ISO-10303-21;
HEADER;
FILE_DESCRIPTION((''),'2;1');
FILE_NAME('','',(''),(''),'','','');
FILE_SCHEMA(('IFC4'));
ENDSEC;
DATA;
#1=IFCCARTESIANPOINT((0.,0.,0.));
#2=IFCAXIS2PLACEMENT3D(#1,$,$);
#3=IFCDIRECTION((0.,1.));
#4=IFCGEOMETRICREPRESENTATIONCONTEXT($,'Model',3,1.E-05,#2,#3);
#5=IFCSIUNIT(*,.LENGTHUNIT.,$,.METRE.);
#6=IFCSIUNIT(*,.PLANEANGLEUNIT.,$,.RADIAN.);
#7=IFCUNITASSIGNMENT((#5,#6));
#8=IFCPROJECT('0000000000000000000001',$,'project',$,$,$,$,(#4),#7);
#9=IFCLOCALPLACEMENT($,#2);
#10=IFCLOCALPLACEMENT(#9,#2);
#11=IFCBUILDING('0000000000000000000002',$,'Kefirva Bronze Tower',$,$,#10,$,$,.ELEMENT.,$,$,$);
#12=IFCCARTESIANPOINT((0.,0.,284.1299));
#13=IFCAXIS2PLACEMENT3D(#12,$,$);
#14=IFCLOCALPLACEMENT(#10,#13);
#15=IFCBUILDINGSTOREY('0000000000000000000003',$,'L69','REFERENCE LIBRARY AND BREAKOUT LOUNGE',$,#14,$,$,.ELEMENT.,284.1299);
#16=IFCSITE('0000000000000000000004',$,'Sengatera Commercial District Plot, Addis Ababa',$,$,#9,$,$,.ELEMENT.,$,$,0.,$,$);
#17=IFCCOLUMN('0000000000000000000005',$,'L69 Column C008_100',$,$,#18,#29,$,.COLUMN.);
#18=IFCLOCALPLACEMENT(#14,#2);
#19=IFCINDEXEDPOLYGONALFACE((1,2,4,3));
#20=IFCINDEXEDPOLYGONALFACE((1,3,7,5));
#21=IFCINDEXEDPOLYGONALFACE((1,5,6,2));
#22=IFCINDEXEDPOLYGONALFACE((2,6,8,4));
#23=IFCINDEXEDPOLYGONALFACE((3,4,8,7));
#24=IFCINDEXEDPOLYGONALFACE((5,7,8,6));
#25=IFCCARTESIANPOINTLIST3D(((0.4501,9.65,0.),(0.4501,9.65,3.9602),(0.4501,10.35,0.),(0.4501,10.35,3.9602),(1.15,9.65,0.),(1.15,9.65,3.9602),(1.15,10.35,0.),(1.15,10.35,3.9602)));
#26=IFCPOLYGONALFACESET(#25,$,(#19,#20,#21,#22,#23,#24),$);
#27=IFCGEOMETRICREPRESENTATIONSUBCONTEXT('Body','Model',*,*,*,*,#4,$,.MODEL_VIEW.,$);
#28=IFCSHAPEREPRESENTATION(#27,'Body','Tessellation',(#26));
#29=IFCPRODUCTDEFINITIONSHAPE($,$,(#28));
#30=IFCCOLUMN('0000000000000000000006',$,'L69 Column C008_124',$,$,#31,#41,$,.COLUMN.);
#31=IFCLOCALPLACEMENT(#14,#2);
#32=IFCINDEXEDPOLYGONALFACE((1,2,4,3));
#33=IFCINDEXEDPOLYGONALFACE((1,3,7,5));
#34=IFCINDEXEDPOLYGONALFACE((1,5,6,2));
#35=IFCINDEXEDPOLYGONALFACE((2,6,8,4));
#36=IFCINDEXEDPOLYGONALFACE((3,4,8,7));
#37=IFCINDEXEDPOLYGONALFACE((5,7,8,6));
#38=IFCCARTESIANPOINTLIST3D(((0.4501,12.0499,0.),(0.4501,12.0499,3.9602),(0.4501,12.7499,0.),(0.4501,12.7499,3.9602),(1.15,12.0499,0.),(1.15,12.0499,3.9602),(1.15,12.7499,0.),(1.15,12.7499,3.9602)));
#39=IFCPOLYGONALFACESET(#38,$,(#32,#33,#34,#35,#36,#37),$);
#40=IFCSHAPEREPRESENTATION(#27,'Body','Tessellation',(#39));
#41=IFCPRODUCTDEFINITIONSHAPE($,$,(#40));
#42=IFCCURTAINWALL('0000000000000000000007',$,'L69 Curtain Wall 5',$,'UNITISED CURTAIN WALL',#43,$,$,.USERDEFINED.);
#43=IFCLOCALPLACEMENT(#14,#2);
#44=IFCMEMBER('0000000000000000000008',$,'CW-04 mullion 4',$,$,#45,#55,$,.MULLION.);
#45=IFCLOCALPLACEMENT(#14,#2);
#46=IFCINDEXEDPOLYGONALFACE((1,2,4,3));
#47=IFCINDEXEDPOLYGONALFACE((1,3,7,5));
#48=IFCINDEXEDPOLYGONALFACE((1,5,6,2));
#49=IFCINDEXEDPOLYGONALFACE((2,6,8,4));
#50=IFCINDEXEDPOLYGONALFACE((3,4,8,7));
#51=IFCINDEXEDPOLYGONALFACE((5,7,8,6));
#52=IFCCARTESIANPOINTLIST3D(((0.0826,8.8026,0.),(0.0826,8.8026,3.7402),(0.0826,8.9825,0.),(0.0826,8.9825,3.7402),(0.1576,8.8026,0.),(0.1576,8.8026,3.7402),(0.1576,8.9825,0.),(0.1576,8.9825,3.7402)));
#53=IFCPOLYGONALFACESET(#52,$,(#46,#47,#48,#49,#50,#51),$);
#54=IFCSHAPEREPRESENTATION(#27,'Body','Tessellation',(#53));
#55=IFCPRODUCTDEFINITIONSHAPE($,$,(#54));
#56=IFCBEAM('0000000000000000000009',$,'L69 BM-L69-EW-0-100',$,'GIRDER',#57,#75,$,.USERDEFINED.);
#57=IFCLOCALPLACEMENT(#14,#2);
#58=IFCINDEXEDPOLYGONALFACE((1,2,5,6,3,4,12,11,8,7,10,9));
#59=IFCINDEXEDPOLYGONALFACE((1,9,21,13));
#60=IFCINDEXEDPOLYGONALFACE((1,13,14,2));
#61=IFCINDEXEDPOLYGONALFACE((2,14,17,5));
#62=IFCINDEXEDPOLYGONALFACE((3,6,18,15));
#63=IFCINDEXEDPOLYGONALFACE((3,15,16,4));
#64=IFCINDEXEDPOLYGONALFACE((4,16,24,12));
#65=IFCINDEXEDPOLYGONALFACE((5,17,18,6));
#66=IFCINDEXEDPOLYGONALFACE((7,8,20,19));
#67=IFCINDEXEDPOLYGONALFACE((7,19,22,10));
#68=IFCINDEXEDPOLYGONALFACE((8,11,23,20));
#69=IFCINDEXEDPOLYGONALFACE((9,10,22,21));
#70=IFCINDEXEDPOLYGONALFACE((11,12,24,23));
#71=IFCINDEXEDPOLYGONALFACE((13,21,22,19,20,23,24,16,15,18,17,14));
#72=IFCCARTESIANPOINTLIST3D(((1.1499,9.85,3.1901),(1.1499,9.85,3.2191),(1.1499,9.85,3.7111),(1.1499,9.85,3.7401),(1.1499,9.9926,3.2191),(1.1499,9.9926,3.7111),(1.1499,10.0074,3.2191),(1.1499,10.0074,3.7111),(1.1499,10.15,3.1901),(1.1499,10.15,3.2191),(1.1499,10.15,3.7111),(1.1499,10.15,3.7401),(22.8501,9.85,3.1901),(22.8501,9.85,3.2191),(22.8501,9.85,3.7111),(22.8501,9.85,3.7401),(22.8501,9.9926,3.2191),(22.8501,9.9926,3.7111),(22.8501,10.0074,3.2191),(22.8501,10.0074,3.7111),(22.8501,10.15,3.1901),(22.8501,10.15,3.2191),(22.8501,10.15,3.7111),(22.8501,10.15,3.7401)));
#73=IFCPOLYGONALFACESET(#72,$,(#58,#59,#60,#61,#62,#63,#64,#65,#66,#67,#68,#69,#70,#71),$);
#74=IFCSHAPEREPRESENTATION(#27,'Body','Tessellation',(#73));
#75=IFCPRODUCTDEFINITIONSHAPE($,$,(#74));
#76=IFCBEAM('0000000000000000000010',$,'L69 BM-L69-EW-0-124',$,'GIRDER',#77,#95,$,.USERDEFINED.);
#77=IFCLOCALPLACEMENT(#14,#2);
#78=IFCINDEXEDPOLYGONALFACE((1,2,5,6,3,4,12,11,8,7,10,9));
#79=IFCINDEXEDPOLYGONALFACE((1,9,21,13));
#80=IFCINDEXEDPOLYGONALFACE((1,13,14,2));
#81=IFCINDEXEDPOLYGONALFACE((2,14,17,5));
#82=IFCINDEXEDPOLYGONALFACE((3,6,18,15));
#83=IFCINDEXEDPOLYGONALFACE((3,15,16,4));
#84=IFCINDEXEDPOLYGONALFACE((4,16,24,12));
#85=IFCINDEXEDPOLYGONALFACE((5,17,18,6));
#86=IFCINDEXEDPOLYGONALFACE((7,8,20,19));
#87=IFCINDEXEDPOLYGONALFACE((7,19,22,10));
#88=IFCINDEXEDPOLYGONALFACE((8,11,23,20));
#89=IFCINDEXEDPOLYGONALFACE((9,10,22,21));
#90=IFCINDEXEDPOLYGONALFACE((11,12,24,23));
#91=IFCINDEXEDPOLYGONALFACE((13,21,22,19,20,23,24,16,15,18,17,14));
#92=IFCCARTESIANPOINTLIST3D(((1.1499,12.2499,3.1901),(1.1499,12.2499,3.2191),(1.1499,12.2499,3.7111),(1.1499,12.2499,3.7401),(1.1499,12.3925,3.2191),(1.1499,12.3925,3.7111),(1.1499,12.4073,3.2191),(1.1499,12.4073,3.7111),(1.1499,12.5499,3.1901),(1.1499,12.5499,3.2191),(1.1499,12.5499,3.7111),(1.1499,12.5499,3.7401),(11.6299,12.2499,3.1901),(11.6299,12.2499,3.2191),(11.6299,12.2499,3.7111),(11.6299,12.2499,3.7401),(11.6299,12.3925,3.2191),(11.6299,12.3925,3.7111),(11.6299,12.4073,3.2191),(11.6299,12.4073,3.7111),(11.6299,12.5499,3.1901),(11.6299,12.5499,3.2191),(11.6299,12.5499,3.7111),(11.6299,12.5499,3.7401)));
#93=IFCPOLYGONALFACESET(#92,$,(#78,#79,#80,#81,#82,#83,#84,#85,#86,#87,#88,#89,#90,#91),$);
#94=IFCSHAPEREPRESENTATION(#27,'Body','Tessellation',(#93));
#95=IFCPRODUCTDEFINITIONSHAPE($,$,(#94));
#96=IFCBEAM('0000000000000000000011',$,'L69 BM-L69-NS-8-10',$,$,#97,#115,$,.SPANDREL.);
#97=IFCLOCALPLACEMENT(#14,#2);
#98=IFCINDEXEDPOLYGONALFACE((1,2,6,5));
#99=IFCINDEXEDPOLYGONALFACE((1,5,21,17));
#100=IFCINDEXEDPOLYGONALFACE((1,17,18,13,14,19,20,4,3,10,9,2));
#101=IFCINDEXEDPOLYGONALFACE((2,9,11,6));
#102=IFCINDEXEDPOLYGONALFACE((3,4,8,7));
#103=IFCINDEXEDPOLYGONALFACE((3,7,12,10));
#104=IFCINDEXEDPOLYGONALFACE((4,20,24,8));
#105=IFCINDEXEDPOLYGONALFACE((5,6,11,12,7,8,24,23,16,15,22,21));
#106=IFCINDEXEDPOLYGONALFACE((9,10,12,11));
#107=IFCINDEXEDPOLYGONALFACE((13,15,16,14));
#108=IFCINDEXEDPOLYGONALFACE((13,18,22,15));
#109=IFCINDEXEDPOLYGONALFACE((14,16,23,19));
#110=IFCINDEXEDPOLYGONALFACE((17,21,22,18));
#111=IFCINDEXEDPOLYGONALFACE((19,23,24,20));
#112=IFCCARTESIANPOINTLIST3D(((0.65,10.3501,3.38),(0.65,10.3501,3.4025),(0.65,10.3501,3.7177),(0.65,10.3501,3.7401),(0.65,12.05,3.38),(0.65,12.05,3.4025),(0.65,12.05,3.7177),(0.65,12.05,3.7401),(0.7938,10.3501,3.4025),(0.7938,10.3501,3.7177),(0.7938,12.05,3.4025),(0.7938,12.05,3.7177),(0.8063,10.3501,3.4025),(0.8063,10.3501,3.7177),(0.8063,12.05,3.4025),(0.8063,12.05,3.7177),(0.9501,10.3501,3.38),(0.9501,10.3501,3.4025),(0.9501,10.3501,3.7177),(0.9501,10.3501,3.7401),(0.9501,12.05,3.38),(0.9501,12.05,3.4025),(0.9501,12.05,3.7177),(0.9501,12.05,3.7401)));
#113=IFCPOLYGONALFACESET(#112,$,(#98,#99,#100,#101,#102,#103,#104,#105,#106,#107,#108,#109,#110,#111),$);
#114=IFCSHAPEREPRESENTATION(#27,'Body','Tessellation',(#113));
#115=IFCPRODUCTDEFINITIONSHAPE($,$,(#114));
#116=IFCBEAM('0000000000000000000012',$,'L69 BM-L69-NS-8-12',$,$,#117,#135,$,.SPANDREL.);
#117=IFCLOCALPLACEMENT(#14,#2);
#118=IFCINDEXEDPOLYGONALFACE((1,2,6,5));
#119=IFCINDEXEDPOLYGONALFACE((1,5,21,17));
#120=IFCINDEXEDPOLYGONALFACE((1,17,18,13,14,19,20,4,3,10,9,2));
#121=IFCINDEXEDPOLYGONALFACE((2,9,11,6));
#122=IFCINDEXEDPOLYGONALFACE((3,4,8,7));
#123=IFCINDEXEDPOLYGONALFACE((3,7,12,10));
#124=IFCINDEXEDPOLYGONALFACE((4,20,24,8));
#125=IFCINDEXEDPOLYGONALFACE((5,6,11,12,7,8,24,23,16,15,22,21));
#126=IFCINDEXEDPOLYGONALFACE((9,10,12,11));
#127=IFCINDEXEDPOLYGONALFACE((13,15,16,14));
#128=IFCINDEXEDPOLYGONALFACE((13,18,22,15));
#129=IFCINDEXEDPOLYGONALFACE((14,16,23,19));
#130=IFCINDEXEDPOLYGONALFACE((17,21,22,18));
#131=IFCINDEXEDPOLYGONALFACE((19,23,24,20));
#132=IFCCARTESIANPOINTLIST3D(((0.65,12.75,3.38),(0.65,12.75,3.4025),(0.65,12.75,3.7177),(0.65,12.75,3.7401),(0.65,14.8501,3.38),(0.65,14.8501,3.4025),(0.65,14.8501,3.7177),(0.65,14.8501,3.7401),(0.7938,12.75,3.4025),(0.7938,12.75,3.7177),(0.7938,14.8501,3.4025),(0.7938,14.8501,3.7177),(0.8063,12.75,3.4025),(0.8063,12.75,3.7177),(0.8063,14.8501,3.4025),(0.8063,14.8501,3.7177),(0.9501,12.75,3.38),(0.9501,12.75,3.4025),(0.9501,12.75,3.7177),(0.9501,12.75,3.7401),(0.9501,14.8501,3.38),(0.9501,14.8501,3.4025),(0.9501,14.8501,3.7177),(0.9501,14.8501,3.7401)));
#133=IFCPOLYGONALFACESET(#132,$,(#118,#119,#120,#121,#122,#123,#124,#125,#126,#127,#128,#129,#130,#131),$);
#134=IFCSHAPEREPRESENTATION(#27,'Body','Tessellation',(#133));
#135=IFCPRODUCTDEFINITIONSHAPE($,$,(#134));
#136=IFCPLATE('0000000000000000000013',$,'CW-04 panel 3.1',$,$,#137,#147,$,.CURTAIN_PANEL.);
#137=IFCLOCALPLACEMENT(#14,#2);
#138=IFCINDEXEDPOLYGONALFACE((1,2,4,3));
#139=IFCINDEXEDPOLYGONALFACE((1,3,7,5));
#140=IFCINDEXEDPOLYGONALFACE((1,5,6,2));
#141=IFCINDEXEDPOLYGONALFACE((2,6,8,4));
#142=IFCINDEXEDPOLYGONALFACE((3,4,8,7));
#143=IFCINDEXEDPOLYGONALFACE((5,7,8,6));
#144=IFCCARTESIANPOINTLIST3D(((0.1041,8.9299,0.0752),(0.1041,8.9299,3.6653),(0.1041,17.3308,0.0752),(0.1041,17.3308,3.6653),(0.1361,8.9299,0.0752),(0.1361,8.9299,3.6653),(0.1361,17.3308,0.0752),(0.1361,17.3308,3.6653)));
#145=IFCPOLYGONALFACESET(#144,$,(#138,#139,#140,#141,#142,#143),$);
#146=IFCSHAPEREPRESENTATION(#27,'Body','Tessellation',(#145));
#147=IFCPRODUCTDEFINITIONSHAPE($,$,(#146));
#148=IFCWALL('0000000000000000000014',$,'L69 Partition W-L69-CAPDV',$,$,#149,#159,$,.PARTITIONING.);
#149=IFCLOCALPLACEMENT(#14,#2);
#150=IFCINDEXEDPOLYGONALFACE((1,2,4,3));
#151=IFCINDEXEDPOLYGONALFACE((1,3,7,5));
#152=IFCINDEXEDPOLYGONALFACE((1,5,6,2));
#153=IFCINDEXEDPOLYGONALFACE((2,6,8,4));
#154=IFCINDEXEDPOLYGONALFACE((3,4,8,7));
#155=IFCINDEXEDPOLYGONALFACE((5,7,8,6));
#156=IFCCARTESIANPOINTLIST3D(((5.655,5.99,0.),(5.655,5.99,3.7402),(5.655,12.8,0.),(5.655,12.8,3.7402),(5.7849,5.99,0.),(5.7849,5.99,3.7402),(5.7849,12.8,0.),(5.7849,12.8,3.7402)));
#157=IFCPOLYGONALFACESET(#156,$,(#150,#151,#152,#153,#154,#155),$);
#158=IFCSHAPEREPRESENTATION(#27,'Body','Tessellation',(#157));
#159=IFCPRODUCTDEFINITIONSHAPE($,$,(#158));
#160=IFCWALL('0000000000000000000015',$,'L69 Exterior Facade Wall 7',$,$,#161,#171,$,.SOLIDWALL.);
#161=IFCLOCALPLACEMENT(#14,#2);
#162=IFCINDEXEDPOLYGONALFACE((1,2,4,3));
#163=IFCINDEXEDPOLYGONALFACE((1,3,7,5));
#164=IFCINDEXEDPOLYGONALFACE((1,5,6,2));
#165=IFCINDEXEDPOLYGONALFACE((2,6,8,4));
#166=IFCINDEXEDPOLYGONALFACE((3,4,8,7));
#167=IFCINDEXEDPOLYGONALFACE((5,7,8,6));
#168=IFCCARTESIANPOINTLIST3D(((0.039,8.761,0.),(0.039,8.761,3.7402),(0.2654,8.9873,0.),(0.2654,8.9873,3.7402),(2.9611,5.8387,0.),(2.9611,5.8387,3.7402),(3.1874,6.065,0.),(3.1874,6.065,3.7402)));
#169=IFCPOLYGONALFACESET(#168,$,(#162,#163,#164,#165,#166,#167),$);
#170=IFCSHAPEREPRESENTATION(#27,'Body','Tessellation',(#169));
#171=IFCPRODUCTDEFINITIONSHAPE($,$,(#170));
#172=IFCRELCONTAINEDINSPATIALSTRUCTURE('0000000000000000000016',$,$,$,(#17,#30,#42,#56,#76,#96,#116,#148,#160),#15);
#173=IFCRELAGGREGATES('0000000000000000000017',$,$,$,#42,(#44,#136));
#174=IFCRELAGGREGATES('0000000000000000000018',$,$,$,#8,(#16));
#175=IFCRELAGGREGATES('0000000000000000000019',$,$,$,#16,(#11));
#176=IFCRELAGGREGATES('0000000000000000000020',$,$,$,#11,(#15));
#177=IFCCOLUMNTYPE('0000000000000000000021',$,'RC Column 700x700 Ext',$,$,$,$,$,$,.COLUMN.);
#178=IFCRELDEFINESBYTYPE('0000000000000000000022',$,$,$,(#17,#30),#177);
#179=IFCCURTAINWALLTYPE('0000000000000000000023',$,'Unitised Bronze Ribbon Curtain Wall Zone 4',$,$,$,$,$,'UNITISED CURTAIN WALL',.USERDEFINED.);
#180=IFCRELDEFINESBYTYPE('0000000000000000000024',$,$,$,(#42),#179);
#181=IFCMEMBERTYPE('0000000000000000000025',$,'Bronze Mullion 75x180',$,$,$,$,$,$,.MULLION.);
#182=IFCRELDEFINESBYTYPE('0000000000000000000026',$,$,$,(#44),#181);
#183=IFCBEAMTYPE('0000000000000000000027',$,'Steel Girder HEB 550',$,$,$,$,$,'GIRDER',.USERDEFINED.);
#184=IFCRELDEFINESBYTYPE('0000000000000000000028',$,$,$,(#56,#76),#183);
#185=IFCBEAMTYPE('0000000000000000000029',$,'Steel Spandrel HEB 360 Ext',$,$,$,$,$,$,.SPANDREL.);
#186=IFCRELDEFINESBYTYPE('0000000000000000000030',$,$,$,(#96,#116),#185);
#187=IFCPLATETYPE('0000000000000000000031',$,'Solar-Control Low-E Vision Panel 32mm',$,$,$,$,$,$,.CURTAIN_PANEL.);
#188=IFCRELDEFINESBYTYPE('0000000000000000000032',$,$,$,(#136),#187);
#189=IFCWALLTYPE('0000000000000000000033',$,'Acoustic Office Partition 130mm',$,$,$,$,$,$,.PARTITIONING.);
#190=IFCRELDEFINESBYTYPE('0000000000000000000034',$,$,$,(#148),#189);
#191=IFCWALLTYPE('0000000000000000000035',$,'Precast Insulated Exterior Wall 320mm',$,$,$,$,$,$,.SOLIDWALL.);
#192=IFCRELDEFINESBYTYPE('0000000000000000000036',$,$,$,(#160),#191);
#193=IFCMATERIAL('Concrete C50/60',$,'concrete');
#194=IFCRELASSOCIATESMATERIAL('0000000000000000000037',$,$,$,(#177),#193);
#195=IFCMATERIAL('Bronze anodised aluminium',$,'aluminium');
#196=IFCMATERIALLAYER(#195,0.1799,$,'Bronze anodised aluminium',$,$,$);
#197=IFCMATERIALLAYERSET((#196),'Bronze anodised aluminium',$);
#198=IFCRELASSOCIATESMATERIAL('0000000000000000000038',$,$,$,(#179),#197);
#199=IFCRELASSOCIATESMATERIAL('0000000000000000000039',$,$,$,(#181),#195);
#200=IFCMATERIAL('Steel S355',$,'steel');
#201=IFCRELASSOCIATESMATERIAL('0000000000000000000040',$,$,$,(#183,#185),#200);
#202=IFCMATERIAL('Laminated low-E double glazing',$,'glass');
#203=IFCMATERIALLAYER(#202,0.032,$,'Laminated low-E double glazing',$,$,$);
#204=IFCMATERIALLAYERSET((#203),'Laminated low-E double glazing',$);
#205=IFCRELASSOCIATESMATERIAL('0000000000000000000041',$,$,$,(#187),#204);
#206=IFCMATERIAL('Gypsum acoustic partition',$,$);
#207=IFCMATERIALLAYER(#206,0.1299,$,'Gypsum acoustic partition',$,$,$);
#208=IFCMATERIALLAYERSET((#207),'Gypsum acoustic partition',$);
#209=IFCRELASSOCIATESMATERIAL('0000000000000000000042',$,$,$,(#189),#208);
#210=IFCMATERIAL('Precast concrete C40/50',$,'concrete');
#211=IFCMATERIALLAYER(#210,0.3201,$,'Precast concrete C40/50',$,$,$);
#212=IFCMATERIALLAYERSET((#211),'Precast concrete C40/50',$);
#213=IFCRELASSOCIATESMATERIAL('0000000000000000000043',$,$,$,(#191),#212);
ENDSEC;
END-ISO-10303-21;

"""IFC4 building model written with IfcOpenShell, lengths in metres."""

from ifc_helpers import new_model, si_unit, direction, frame, frame_2d, origin, origin_2d, place, context, subcontext, project, spatial, rectangle, i_section, extrude, material, layer, layer_set, material_profile, profile_set, type_object, element, aggregate, save


model = new_model("IFC4")

# Units and contexts
model_context = context("Model", 3, precision=1e-05, world=origin(), true_north=direction((0.0, 1.0)))
body_context = subcontext(model_context, "Body", "Model", "MODEL_VIEW")
ifc_project = project(units=[si_unit("LENGTHUNIT", "METRE"), si_unit("PLANEANGLEUNIT", "RADIAN")], contexts=[model_context])

# Site, building, storey
site_placement = place(None, origin())
site = spatial("IfcSite", under=ifc_project, at=site_placement, Name="Sengatera Commercial District Plot, Addis Ababa", CompositionType="ELEMENT", RefElevation=0.0)
building_placement = place(site_placement, origin())
building = spatial("IfcBuilding", under=site, at=building_placement, Name="Kefirva Bronze Tower", CompositionType="ELEMENT")
storey_placement = place(building_placement, frame((0.0, 0.0, 284.1299)))
storey = spatial("IfcBuildingStorey", under=building, at=storey_placement, Name="L69", Description="REFERENCE LIBRARY AND BREAKOUT LOUNGE", CompositionType="ELEMENT", Elevation=284.1299)

# Columns
ifc_material_1 = material(Name="Concrete C50/60", Category="concrete")
ifc_material_profile_1 = material_profile(ifc_material_1, rectangle(XDim=0.7, YDim=0.7, at=origin_2d()), Name="RC 700x700")
ifc_profile_set_1 = profile_set([ifc_material_profile_1], Name="Concrete C50/60")
column_type = type_object("IfcColumnType", Name="RC Column 700x700 Ext", PredefinedType="COLUMN", material=ifc_profile_set_1)
for number, where, z_axis, x_axis, name in (
    (1, (0.8, 10.0, 0.0), (0.0, 0.0, 1.0), (1.0, 0.0, 0.0), "L69 Column C008_100"),
    (2, (0.8, 12.3999, 0.0), (0.0, 0.0, 1.0), (1.0, 0.0, 0.0), "L69 Column C008_124"),
):
    element("IfcColumn", number, at=place(storey_placement, frame(where, z_axis=z_axis, x_axis=x_axis)), inside=storey, type_object=column_type, Name=name, PredefinedType="COLUMN", context=body_context, shape_type="SweptSolid", body=[
        extrude(rectangle(XDim=0.7, YDim=0.7, at=origin_2d()), origin(), (0.0, 0.0, 1.0), 3.9602),
    ])

# Curtain wall, member
ifc_material_2 = material(Name="Bronze anodised aluminium", Category="aluminium")
ifc_layer_1 = layer(ifc_material_2, 0.1799, Name="Bronze anodised aluminium")
ifc_layer_set_1 = layer_set([ifc_layer_1], Name="Bronze anodised aluminium")
curtain_wall_type = type_object("IfcCurtainWallType", Name="Unitised Bronze Ribbon Curtain Wall Zone 4", ElementType="UNITISED CURTAIN WALL", PredefinedType="USERDEFINED", material=ifc_layer_set_1)
curtain_wall_placement = place(storey_placement, origin())
curtain_wall = element("IfcCurtainWall", 3, at=curtain_wall_placement, inside=storey, type_object=curtain_wall_type, Name="L69 Curtain Wall 5", ObjectType="UNITISED CURTAIN WALL", PredefinedType="USERDEFINED")
ifc_material_profile_2 = material_profile(ifc_material_2, rectangle(XDim=0.075, YDim=0.1799, at=origin_2d()), Name="ALU 75x180")
ifc_profile_set_2 = profile_set([ifc_material_profile_2], Name="Bronze anodised aluminium")
member_type = type_object("IfcMemberType", Name="Bronze Mullion 75x180", PredefinedType="MULLION", material=ifc_profile_set_2)
member_placement = place(storey_placement, frame((0.1201, 8.8926, 0.0), z_axis=(0.0, 0.0, 1.0), x_axis=(1.0, 0.0, 0.0)))
member = element("IfcMember", 4, at=member_placement, type_object=member_type, Name="CW-04 mullion 4", PredefinedType="MULLION", context=body_context, shape_type="SweptSolid", body=[
    extrude(rectangle(XDim=0.075, YDim=0.1799, at=origin_2d()), origin(), (0.0, 0.0, 1.0), 3.7402),
])

# Beams
ifc_material_3 = material(Name="Steel S355", Category="steel")
ifc_material_profile_3 = material_profile(ifc_material_3, i_section(OverallWidth=0.3, OverallDepth=0.55, WebThickness=0.0149, FlangeThickness=0.0291, at=origin_2d()), Name="HEB 550")
ifc_profile_set_3 = profile_set([ifc_material_profile_3], Name="Steel S355")
beam_type_1 = type_object("IfcBeamType", Name="Steel Girder HEB 550", ElementType="GIRDER", PredefinedType="USERDEFINED", material=ifc_profile_set_3)
beam_1_placement = place(storey_placement, frame((1.1499, 10.0, 3.4651), z_axis=(1.0, 0.0, 0.0), x_axis=(0.0, 1.0, 0.0)))
element("IfcBeam", 5, at=beam_1_placement, inside=storey, type_object=beam_type_1, Name="L69 BM-L69-EW-0-100", ObjectType="GIRDER", PredefinedType="USERDEFINED", context=body_context, shape_type="SweptSolid", body=[
    extrude(i_section(OverallWidth=0.3, OverallDepth=0.55, WebThickness=0.0149, FlangeThickness=0.0291, at=origin_2d()), origin(), (0.0, 0.0, 1.0), 21.7002),
])
beam_2_placement = place(storey_placement, frame((1.1499, 12.3999, 3.4651), z_axis=(1.0, 0.0, 0.0), x_axis=(0.0, 1.0, 0.0)))
element("IfcBeam", 6, at=beam_2_placement, inside=storey, type_object=beam_type_1, Name="L69 BM-L69-EW-0-124", ObjectType="GIRDER", PredefinedType="USERDEFINED", context=body_context, shape_type="SweptSolid", body=[
    extrude(i_section(OverallWidth=0.3, OverallDepth=0.55, WebThickness=0.0149, FlangeThickness=0.0291, at=origin_2d()), origin(), (0.0, 0.0, 1.0), 10.48),
])
ifc_material_profile_4 = material_profile(ifc_material_3, i_section(OverallWidth=0.3, OverallDepth=0.3601, WebThickness=0.0125, FlangeThickness=0.0225, at=origin_2d()), Name="HEB 360")
ifc_profile_set_4 = profile_set([ifc_material_profile_4], Name="Steel S355")
beam_type_2 = type_object("IfcBeamType", Name="Steel Spandrel HEB 360 Ext", PredefinedType="SPANDREL", material=ifc_profile_set_4)
beam_3_placement = place(storey_placement, frame((0.8, 10.3501, 3.5601), z_axis=(0.0, 1.0, 0.0), x_axis=(-1.0, 0.0, 0.0)))
element("IfcBeam", 7, at=beam_3_placement, inside=storey, type_object=beam_type_2, Name="L69 BM-L69-NS-8-10", PredefinedType="SPANDREL", context=body_context, shape_type="SweptSolid", body=[
    extrude(i_section(OverallWidth=0.3, OverallDepth=0.3601, WebThickness=0.0125, FlangeThickness=0.0225, at=origin_2d()), origin(), (0.0, 0.0, 1.0), 1.7),
])
beam_4_placement = place(storey_placement, frame((0.8, 12.75, 3.5601), z_axis=(0.0, 1.0, 0.0), x_axis=(-1.0, 0.0, 0.0)))
element("IfcBeam", 8, at=beam_4_placement, inside=storey, type_object=beam_type_2, Name="L69 BM-L69-NS-8-12", PredefinedType="SPANDREL", context=body_context, shape_type="SweptSolid", body=[
    extrude(i_section(OverallWidth=0.3, OverallDepth=0.3601, WebThickness=0.0125, FlangeThickness=0.0225, at=origin_2d()), origin(), (0.0, 0.0, 1.0), 2.1001),
])

# Plate
ifc_material_4 = material(Name="Laminated low-E double glazing", Category="glass")
ifc_layer_2 = layer(ifc_material_4, 0.032, Name="Laminated low-E double glazing")
ifc_layer_set_2 = layer_set([ifc_layer_2], Name="Laminated low-E double glazing")
plate_type = type_object("IfcPlateType", Name="Solar-Control Low-E Vision Panel 32mm", PredefinedType="CURTAIN_PANEL", material=ifc_layer_set_2)
plate_placement = place(storey_placement, frame((0.1201, 13.1304, 0.0752), z_axis=(0.0, 0.0, 1.0), x_axis=(0.0, -1.0, 0.0)))
plate = element("IfcPlate", 9, at=plate_placement, type_object=plate_type, Name="CW-04 panel 3.1", PredefinedType="CURTAIN_PANEL", context=body_context, shape_type="SweptSolid", body=[
    extrude(rectangle(XDim=8.4009, YDim=0.032, at=origin_2d()), origin(), (0.0, 0.0, 1.0), 3.5901),
])
aggregate(curtain_wall, [member, plate])

# Walls
ifc_material_5 = material(Name="Gypsum acoustic partition")
ifc_layer_3 = layer(ifc_material_5, 0.1299, Name="Gypsum acoustic partition")
ifc_layer_set_3 = layer_set([ifc_layer_3], Name="Gypsum acoustic partition")
wall_type_1 = type_object("IfcWallType", Name="Acoustic Office Partition 130mm", PredefinedType="PARTITIONING", material=ifc_layer_set_3)
wall_1_placement = place(storey_placement, frame((5.72, 5.99, 0.0), z_axis=(0.0, 0.0, 1.0), x_axis=(0.0, 1.0, 0.0)))
element("IfcWall", 10, at=wall_1_placement, inside=storey, type_object=wall_type_1, Name="L69 Partition W-L69-CAPDV", PredefinedType="PARTITIONING", context=body_context, shape_type="SweptSolid", body=[
    extrude(rectangle(XDim=6.8101, YDim=0.1299, at=frame_2d((3.405, 0.0))), origin(), (0.0, 0.0, 1.0), 3.7402),
])
ifc_material_6 = material(Name="Precast concrete C40/50", Category="concrete")
ifc_layer_4 = layer(ifc_material_6, 0.3201, Name="Precast concrete C40/50")
ifc_layer_set_4 = layer_set([ifc_layer_4], Name="Precast concrete C40/50")
wall_type_2 = type_object("IfcWallType", Name="Precast Insulated Exterior Wall 320mm", PredefinedType="SOLIDWALL", material=ifc_layer_set_4)
wall_2_placement = place(storey_placement, frame((0.1521, 8.8743, 0.0), z_axis=(0.0, 0.0, 1.0), x_axis=(0.707077, -0.707136, 0.0)))
element("IfcWall", 11, at=wall_2_placement, inside=storey, type_object=wall_type_2, Name="L69 Exterior Facade Wall 7", PredefinedType="SOLIDWALL", context=body_context, shape_type="SweptSolid", body=[
    extrude(rectangle(XDim=4.1326, YDim=0.3201, at=frame_2d((2.0664, 0.0))), origin(), (0.0, 0.0, 1.0), 3.7402),
])

save(model, "model.ifc")
